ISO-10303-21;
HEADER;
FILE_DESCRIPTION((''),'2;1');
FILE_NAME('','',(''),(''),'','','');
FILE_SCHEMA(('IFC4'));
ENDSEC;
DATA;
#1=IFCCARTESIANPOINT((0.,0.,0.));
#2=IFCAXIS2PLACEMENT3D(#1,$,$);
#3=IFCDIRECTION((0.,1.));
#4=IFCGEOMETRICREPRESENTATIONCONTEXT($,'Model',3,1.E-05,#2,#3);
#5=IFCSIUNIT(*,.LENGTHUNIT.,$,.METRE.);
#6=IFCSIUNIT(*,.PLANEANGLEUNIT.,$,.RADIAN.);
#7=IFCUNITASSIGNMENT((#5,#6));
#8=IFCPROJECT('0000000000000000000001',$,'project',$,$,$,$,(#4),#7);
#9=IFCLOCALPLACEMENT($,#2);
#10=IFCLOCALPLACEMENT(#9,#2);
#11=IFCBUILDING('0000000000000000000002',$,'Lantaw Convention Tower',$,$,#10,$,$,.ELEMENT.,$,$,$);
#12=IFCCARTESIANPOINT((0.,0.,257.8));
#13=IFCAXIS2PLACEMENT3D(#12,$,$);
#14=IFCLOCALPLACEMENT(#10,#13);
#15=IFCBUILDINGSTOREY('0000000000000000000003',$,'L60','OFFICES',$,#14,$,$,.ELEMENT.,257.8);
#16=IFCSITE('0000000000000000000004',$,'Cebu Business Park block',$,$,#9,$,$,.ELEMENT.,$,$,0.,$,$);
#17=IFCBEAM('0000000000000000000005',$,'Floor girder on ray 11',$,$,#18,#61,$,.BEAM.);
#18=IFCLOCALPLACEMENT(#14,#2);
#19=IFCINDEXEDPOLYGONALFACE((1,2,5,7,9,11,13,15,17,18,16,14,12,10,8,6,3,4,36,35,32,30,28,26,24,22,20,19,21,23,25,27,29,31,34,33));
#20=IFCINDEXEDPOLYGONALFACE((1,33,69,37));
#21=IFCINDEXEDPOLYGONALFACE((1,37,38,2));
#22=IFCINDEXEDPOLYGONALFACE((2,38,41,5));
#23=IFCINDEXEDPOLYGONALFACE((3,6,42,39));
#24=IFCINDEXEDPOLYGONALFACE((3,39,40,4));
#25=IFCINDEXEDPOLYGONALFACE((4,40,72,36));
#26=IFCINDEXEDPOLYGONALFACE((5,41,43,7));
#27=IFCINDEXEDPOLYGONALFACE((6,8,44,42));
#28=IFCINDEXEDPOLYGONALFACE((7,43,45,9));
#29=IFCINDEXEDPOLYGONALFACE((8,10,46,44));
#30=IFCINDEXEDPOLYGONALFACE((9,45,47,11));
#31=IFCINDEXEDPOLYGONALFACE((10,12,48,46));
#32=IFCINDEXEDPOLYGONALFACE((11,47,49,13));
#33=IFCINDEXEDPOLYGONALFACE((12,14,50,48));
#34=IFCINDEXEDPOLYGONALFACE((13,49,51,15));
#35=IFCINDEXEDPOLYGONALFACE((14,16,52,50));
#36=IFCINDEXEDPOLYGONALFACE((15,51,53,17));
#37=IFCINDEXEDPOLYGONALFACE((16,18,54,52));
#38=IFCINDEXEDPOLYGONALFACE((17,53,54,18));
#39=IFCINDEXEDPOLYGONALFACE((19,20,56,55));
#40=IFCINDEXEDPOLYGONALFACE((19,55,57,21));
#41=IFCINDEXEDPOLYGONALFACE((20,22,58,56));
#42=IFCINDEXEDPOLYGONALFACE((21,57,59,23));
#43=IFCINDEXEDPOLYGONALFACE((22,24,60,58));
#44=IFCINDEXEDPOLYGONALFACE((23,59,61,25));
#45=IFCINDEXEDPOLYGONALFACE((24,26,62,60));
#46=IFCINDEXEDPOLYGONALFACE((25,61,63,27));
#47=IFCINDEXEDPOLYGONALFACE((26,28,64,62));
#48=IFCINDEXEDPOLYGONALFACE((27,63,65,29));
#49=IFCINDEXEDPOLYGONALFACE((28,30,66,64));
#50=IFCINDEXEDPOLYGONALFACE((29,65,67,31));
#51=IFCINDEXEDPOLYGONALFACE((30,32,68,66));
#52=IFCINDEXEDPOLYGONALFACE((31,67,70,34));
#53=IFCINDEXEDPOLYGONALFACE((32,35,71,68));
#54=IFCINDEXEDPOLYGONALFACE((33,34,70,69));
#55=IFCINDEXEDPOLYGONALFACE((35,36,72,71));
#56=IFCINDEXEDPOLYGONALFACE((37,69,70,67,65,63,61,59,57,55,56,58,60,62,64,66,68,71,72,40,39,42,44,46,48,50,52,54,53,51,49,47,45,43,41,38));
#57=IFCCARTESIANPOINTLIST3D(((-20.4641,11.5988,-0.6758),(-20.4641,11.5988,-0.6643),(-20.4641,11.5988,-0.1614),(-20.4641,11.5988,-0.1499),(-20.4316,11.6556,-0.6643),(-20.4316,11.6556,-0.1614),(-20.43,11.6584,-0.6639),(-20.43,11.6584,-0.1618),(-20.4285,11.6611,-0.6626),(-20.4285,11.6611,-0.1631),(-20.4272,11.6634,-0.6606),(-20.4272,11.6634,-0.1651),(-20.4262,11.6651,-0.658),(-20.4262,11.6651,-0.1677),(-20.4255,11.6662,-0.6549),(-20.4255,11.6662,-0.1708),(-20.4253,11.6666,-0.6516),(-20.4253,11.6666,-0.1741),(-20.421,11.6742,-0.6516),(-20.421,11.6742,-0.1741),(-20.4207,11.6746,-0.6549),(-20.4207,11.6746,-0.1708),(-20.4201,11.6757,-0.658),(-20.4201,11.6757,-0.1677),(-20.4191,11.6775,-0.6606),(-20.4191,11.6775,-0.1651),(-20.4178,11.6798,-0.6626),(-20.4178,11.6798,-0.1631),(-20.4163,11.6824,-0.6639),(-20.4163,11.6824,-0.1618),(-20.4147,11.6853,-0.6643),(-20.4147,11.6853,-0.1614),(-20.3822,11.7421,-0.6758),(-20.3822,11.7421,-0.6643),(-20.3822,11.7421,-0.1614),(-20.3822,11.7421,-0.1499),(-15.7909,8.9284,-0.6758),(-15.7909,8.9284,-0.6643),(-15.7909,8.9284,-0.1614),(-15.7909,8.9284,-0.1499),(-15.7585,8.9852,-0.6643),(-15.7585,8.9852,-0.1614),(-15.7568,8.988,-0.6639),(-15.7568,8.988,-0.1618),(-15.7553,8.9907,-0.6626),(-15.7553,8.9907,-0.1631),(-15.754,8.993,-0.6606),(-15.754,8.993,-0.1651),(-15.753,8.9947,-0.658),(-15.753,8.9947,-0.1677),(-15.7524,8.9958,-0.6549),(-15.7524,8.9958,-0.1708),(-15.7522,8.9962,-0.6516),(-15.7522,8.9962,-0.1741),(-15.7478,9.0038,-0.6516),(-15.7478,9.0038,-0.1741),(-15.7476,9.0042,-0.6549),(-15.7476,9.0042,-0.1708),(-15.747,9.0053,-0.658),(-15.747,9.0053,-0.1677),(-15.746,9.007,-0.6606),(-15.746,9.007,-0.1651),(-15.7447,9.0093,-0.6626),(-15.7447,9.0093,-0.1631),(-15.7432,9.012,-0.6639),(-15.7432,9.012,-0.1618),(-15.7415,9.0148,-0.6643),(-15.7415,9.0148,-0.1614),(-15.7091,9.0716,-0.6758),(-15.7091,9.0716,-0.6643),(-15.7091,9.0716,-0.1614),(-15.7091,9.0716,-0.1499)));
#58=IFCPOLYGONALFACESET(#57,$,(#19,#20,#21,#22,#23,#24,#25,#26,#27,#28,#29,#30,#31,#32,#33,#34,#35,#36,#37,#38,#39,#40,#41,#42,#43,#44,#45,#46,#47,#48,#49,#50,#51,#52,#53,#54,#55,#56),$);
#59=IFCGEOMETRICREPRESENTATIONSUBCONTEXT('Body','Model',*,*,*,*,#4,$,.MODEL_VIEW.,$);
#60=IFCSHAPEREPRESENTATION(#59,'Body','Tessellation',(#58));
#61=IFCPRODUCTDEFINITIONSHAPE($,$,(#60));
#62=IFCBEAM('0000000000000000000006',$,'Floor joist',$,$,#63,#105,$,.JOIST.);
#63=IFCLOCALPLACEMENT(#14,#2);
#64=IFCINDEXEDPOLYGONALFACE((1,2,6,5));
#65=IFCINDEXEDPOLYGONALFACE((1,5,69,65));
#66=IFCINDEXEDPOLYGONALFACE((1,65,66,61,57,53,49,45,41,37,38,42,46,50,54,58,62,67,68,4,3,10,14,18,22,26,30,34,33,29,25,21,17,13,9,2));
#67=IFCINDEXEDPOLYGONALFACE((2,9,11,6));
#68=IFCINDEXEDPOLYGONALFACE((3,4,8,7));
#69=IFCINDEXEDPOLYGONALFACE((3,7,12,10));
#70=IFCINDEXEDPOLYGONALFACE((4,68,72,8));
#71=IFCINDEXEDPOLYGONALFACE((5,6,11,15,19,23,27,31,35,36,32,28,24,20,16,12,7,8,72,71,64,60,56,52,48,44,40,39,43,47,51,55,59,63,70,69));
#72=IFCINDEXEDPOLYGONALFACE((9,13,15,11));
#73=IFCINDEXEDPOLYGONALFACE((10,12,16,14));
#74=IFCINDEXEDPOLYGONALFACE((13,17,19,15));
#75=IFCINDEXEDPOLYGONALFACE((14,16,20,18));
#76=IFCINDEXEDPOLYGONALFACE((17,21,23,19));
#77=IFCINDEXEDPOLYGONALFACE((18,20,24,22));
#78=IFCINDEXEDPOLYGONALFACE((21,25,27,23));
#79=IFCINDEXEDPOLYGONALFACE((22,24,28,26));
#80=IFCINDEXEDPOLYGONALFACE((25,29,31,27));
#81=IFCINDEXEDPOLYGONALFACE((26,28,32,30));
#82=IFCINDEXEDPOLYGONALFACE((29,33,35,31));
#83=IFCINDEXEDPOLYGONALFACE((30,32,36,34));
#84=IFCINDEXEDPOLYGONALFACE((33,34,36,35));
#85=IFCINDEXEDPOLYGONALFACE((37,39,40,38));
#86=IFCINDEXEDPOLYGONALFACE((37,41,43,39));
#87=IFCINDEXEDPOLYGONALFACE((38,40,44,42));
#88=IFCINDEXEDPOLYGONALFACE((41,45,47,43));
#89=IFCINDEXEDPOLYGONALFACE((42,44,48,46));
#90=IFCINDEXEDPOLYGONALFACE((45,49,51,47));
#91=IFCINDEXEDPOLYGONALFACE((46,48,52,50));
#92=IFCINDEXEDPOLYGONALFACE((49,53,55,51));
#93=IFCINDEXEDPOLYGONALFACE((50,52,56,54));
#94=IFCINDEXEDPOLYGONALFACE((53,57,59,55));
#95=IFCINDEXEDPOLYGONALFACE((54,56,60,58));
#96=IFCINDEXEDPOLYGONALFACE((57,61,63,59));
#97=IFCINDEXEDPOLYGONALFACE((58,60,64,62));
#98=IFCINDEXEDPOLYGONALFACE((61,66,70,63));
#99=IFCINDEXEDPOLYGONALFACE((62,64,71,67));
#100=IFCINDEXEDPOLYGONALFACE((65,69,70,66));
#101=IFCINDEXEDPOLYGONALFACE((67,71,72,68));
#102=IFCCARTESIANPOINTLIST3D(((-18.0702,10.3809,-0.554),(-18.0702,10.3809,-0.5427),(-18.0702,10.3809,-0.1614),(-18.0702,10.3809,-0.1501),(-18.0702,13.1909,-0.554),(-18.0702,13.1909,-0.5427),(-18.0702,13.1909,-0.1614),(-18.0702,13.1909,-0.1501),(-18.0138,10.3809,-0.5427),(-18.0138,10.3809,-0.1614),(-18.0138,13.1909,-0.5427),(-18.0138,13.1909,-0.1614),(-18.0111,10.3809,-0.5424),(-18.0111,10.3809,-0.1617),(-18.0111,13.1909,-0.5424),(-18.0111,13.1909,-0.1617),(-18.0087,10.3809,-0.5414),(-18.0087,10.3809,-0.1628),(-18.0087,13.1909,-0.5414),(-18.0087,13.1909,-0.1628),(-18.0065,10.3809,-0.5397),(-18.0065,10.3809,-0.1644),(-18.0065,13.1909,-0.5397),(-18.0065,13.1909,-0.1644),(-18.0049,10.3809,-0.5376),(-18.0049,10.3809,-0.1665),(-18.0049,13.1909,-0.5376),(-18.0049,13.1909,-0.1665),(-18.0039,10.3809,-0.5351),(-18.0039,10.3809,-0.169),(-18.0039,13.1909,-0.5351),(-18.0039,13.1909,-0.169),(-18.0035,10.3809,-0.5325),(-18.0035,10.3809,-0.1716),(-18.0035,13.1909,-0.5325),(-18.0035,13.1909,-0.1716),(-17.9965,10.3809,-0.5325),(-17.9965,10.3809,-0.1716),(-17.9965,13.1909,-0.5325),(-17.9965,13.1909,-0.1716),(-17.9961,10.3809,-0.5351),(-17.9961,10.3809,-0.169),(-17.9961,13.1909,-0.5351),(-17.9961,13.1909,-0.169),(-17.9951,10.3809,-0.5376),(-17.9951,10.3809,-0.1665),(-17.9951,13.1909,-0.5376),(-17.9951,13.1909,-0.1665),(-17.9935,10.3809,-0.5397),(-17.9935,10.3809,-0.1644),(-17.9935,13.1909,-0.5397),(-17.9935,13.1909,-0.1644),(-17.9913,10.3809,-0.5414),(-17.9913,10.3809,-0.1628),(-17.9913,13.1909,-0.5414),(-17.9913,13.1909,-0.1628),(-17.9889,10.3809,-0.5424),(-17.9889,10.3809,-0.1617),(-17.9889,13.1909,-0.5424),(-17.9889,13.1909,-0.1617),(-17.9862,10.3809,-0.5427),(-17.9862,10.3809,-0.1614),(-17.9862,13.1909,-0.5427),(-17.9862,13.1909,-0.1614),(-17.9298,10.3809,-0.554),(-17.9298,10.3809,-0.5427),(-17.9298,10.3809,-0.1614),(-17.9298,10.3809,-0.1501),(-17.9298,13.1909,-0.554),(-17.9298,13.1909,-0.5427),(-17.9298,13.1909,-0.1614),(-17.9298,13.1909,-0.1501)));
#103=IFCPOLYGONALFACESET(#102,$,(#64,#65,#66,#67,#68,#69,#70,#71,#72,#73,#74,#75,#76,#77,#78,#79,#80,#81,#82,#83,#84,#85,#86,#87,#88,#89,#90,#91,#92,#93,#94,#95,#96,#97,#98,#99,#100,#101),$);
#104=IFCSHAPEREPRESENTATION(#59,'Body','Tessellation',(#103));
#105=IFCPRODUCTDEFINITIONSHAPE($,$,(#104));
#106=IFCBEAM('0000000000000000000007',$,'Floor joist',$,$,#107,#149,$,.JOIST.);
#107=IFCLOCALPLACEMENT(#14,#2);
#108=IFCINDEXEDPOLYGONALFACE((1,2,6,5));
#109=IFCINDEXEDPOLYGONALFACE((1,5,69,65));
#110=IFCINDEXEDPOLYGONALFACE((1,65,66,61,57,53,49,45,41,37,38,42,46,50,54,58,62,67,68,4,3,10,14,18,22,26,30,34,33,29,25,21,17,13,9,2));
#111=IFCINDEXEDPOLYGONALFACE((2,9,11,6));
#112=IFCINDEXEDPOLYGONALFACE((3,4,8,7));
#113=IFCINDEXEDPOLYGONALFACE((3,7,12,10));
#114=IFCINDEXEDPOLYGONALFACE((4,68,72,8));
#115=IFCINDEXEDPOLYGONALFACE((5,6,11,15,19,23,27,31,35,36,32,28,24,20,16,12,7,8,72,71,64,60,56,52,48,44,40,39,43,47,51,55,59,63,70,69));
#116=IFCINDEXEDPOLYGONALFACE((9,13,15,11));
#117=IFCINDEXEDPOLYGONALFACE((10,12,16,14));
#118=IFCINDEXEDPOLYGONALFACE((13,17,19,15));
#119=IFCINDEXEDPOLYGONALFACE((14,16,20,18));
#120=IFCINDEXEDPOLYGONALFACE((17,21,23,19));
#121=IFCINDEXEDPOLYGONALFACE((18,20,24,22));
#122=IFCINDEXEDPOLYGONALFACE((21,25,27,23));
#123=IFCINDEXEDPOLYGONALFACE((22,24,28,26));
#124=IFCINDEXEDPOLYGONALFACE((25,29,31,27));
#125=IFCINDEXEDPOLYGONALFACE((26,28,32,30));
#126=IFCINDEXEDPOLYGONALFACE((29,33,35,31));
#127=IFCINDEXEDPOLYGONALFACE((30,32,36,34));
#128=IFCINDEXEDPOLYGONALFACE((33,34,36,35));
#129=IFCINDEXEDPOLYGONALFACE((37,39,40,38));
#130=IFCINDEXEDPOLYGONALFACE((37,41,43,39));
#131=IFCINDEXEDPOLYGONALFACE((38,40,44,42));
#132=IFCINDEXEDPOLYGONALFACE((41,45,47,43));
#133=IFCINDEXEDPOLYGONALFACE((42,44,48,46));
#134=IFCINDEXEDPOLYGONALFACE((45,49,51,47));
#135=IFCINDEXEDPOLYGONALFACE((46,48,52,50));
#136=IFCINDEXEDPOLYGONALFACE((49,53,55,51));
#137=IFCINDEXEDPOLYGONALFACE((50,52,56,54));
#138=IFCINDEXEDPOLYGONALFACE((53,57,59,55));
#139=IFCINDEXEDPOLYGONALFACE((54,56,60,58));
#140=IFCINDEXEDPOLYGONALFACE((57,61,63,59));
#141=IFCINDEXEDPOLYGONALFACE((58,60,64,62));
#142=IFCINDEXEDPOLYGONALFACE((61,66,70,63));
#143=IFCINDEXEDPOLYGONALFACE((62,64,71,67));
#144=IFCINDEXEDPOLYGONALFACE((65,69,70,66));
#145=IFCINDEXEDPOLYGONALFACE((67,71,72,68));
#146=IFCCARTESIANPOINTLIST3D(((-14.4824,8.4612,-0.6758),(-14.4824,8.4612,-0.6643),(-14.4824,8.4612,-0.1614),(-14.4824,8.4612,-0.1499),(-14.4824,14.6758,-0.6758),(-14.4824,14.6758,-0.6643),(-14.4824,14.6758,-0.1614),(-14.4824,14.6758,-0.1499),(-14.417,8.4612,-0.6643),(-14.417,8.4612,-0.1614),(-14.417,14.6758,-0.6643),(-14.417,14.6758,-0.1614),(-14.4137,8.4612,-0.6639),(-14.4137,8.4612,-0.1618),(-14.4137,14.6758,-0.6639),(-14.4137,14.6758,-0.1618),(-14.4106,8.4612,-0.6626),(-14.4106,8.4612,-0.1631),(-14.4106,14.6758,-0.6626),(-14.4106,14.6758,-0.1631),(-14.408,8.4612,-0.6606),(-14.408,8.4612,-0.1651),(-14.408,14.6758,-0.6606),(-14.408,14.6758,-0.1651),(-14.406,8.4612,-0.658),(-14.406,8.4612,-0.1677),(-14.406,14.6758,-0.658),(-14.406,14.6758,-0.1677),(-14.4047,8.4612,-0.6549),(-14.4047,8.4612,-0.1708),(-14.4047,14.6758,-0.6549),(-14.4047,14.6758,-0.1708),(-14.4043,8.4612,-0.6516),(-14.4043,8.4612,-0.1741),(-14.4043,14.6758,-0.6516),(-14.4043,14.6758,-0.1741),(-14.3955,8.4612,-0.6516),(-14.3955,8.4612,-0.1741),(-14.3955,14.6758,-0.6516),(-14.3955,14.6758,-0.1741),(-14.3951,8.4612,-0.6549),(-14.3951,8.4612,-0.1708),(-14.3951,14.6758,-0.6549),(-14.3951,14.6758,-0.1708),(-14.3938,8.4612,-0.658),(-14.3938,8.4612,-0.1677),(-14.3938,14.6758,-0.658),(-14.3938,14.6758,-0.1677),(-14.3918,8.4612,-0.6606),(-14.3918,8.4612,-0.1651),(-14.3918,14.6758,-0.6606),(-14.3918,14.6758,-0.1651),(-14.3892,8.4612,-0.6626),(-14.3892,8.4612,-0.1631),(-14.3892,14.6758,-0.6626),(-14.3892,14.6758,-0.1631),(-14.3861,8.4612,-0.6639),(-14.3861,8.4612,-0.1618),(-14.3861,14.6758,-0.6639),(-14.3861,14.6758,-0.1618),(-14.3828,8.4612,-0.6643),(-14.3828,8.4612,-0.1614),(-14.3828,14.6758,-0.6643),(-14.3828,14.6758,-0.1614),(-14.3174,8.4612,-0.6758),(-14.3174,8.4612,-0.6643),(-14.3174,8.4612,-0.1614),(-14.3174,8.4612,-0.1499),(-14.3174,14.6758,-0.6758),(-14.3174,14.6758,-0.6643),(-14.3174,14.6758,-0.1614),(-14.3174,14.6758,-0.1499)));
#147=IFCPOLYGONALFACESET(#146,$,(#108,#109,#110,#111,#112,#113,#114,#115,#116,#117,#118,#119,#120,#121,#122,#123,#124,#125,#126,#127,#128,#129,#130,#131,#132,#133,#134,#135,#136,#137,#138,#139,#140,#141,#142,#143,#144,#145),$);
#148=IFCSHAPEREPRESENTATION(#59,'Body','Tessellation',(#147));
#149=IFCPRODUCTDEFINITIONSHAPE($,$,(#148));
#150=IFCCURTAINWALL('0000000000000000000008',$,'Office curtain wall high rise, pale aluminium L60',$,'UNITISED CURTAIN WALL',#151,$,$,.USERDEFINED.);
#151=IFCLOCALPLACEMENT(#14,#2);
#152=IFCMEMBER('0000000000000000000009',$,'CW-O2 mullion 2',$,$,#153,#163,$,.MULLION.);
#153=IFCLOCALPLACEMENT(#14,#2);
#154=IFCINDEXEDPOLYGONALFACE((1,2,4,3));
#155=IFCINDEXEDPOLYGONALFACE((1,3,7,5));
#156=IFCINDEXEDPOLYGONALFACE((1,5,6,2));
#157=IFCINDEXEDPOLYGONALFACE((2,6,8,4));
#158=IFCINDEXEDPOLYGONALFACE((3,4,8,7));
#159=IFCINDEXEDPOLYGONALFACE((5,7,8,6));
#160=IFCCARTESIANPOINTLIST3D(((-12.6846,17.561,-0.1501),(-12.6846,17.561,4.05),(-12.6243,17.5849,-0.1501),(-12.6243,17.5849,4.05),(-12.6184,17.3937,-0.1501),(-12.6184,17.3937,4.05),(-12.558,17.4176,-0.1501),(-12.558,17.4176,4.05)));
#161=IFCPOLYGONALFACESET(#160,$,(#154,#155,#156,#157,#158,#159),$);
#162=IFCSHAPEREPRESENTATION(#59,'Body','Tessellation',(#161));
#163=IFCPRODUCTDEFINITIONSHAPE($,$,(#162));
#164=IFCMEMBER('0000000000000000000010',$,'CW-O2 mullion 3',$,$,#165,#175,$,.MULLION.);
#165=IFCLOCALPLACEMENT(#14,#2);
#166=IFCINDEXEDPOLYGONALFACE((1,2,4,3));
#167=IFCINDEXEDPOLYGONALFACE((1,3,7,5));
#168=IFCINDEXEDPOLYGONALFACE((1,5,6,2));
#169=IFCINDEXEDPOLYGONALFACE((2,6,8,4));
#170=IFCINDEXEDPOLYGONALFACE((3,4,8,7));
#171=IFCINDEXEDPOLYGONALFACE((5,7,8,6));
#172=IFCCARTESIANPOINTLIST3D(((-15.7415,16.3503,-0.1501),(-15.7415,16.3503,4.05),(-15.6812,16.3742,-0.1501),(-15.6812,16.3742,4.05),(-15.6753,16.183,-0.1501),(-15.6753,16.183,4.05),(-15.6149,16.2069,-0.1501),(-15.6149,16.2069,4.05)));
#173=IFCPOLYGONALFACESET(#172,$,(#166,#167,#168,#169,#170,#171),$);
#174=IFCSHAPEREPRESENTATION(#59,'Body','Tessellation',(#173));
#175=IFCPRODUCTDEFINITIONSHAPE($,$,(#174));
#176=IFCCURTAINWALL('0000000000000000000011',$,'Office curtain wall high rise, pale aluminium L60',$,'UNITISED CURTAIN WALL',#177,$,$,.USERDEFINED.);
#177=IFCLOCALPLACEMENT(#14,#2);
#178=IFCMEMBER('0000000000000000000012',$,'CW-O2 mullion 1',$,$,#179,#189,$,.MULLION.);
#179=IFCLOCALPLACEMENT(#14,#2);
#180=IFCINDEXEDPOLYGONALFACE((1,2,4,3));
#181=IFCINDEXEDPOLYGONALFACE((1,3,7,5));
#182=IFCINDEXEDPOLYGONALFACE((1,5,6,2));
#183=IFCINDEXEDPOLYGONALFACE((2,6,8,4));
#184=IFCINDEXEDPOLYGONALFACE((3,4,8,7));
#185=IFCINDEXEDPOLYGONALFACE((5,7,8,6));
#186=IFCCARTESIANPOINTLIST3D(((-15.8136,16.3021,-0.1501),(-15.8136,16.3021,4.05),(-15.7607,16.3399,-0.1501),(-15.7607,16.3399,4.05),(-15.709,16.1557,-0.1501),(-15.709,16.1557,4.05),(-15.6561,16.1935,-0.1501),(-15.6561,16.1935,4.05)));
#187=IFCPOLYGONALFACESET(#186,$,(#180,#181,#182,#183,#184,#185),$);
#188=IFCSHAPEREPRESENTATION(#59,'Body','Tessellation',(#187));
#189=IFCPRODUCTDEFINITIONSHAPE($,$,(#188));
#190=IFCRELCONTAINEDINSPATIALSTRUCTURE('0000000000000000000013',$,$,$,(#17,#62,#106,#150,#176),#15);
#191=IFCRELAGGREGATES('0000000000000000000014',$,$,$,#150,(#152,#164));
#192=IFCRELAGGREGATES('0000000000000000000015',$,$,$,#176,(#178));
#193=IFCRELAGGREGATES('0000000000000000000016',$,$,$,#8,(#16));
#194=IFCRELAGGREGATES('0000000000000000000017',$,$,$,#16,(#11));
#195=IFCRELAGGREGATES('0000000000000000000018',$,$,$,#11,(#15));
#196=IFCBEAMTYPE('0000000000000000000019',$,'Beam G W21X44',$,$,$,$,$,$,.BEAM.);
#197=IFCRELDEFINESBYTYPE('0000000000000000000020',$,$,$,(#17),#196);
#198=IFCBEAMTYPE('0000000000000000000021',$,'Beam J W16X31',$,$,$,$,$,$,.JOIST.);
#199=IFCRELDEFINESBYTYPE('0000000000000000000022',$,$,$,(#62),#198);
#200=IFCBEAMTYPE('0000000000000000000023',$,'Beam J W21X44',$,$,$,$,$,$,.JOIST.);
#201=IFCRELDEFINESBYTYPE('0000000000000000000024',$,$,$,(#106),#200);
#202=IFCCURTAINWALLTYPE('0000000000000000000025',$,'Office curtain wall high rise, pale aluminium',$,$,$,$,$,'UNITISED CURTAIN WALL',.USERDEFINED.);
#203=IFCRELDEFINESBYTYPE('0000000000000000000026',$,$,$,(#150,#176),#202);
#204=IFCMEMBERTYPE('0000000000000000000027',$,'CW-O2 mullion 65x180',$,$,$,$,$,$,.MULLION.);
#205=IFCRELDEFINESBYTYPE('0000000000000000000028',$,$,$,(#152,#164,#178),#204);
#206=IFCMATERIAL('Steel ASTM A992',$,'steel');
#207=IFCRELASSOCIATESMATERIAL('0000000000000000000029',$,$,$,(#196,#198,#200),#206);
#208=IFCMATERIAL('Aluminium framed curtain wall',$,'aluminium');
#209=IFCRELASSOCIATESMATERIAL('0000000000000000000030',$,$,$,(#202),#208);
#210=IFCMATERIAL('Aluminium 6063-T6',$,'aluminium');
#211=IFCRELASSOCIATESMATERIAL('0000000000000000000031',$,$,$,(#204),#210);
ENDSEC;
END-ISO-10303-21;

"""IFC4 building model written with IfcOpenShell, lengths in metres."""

from ifc_helpers import new_model, si_unit, direction, frame, origin, origin_2d, place, context, subcontext, project, spatial, rectangle, i_section, extrude, material, material_profile, profile_set, type_object, element, aggregate, save


model = new_model("IFC4")

# Units and contexts
model_context = context("Model", 3, precision=1e-05, world=origin(), true_north=direction((0.0, 1.0)))
body_context = subcontext(model_context, "Body", "Model", "MODEL_VIEW")
ifc_project = project(units=[si_unit("LENGTHUNIT", "METRE"), si_unit("PLANEANGLEUNIT", "RADIAN")], contexts=[model_context])

# Site, building, storey
site_placement = place(None, origin())
site = spatial("IfcSite", under=ifc_project, at=site_placement, Name="Cebu Business Park block", CompositionType="ELEMENT", RefElevation=0.0)
building_placement = place(site_placement, origin())
building = spatial("IfcBuilding", under=site, at=building_placement, Name="Lantaw Convention Tower", CompositionType="ELEMENT")
storey_placement = place(building_placement, frame((0.0, 0.0, 257.8)))
storey = spatial("IfcBuildingStorey", under=building, at=storey_placement, Name="L60", Description="OFFICES", CompositionType="ELEMENT", Elevation=257.8)

# Beams
ifc_material_1 = material(Name="Steel ASTM A992", Category="steel")
ifc_material_profile_1 = material_profile(ifc_material_1, i_section(OverallWidth=0.165, OverallDepth=0.5259, WebThickness=0.0088, FlangeThickness=0.0115, FilletRadius=0.0127, at=origin_2d()), Name="W21X44")
ifc_profile_set_1 = profile_set([ifc_material_profile_1], Name="Steel ASTM A992")
beam_type_1 = type_object("IfcBeamType", Name="Beam G W21X44", PredefinedType="BEAM", material=ifc_profile_set_1)
beam_1_placement = place(storey_placement, frame((-15.75, 9.0, -0.4128), z_axis=(-0.868238, 0.496149, 0.0), x_axis=(-0.496149, -0.868238, 0.0)))
element("IfcBeam", 1, at=beam_1_placement, inside=storey, type_object=beam_type_1, Name="Floor girder on ray 11", PredefinedType="BEAM", context=body_context, shape_type="SweptSolid", body=[
    extrude(i_section(OverallWidth=0.165, OverallDepth=0.5259, WebThickness=0.0088, FlangeThickness=0.0115, FilletRadius=0.0127, at=origin_2d()), origin(), (0.0, 0.0, 1.0), 5.3823),
])
ifc_material_profile_2 = material_profile(ifc_material_1, i_section(OverallWidth=0.1404, OverallDepth=0.4038, WebThickness=0.0071, FlangeThickness=0.0112, FilletRadius=0.0103, at=origin_2d()), Name="W16X31")
ifc_profile_set_2 = profile_set([ifc_material_profile_2], Name="Steel ASTM A992")
beam_type_2 = type_object("IfcBeamType", Name="Beam J W16X31", PredefinedType="JOIST", material=ifc_profile_set_2)
beam_2_placement = place(storey_placement, frame((-18.0, 10.3809, -0.3521), z_axis=(0.0, 1.0, 0.0), x_axis=(-1.0, 0.0, 0.0)))
element("IfcBeam", 2, at=beam_2_placement, inside=storey, type_object=beam_type_2, Name="Floor joist", PredefinedType="JOIST", context=body_context, shape_type="SweptSolid", body=[
    extrude(i_section(OverallWidth=0.1404, OverallDepth=0.4038, WebThickness=0.0071, FlangeThickness=0.0112, FilletRadius=0.0103, at=origin_2d()), origin(), (0.0, 0.0, 1.0), 2.8101),
])
ifc_material_profile_3 = material_profile(ifc_material_1, i_section(OverallWidth=0.165, OverallDepth=0.5259, WebThickness=0.0088, FlangeThickness=0.0115, FilletRadius=0.0127, at=origin_2d()), Name="W21X44")
ifc_profile_set_3 = profile_set([ifc_material_profile_3], Name="Steel ASTM A992")
beam_type_3 = type_object("IfcBeamType", Name="Beam J W21X44", PredefinedType="JOIST", material=ifc_profile_set_3)
beam_3_placement = place(storey_placement, frame((-14.3999, 8.4612, -0.4128), z_axis=(0.0, 1.0, 0.0), x_axis=(-1.0, 0.0, 0.0)))
element("IfcBeam", 3, at=beam_3_placement, inside=storey, type_object=beam_type_3, Name="Floor joist", PredefinedType="JOIST", context=body_context, shape_type="SweptSolid", body=[
    extrude(i_section(OverallWidth=0.165, OverallDepth=0.5259, WebThickness=0.0088, FlangeThickness=0.0115, FilletRadius=0.0127, at=origin_2d()), origin(), (0.0, 0.0, 1.0), 6.2146),
])

# Curtain walls, members
ifc_material_2 = material(Name="Aluminium framed curtain wall", Category="aluminium")
curtain_wall_type = type_object("IfcCurtainWallType", Name="Office curtain wall high rise, pale aluminium", ElementType="UNITISED CURTAIN WALL", PredefinedType="USERDEFINED", material=ifc_material_2)
curtain_wall_1_placement = place(storey_placement, origin())
curtain_wall_1 = element("IfcCurtainWall", 4, at=curtain_wall_1_placement, inside=storey, type_object=curtain_wall_type, Name="Office curtain wall high rise, pale aluminium L60", ObjectType="UNITISED CURTAIN WALL", PredefinedType="USERDEFINED")
ifc_material_3 = material(Name="Aluminium 6063-T6", Category="aluminium")
ifc_material_profile_4 = material_profile(ifc_material_3, rectangle(XDim=0.1799, YDim=0.0649, at=origin_2d()), Name="CW-O2 mullion 65x180")
ifc_profile_set_4 = profile_set([ifc_material_profile_4], Name="Aluminium 6063-T6")
member_type_1 = type_object("IfcMemberType", Name="CW-O2 mullion 65x180", PredefinedType="MULLION", material=ifc_profile_set_4)
member_1_placement = place(storey_placement, frame((-12.6213, 17.4893, -0.1501), z_axis=(0.0, 0.0, 1.0), x_axis=(0.368162, -0.929762, 0.0)))
member_1 = element("IfcMember", 5, at=member_1_placement, type_object=member_type_1, Name="CW-O2 mullion 2", PredefinedType="MULLION", context=body_context, shape_type="SweptSolid", body=[
    extrude(rectangle(XDim=0.1799, YDim=0.0649, at=origin_2d()), origin(), (0.0, 0.0, 1.0), 4.2002),
])
member_2_placement = place(storey_placement, frame((-15.6782, 16.2786, -0.1501), z_axis=(0.0, 0.0, 1.0), x_axis=(0.368162, -0.929762, 0.0)))
member_2 = element("IfcMember", 6, at=member_2_placement, type_object=member_type_1, Name="CW-O2 mullion 3", PredefinedType="MULLION", context=body_context, shape_type="SweptSolid", body=[
    extrude(rectangle(XDim=0.1799, YDim=0.0649, at=origin_2d()), origin(), (0.0, 0.0, 1.0), 4.2002),
])
curtain_wall_2_placement = place(storey_placement, origin())
curtain_wall_2 = element("IfcCurtainWall", 7, at=curtain_wall_2_placement, inside=storey, type_object=curtain_wall_type, Name="Office curtain wall high rise, pale aluminium L60", ObjectType="UNITISED CURTAIN WALL", PredefinedType="USERDEFINED")
member_3_placement = place(storey_placement, frame((-15.7349, 16.2478, -0.1501), z_axis=(0.0, 0.0, 1.0), x_axis=(0.581323, -0.813673, 0.0)))
member_3 = element("IfcMember", 8, at=member_3_placement, type_object=member_type_1, Name="CW-O2 mullion 1", PredefinedType="MULLION", context=body_context, shape_type="SweptSolid", body=[
    extrude(rectangle(XDim=0.1799, YDim=0.0649, at=origin_2d()), origin(), (0.0, 0.0, 1.0), 4.2002),
])

aggregate(curtain_wall_1, [member_1, member_2])
aggregate(curtain_wall_2, [member_3])

save(model, "model.ifc")
